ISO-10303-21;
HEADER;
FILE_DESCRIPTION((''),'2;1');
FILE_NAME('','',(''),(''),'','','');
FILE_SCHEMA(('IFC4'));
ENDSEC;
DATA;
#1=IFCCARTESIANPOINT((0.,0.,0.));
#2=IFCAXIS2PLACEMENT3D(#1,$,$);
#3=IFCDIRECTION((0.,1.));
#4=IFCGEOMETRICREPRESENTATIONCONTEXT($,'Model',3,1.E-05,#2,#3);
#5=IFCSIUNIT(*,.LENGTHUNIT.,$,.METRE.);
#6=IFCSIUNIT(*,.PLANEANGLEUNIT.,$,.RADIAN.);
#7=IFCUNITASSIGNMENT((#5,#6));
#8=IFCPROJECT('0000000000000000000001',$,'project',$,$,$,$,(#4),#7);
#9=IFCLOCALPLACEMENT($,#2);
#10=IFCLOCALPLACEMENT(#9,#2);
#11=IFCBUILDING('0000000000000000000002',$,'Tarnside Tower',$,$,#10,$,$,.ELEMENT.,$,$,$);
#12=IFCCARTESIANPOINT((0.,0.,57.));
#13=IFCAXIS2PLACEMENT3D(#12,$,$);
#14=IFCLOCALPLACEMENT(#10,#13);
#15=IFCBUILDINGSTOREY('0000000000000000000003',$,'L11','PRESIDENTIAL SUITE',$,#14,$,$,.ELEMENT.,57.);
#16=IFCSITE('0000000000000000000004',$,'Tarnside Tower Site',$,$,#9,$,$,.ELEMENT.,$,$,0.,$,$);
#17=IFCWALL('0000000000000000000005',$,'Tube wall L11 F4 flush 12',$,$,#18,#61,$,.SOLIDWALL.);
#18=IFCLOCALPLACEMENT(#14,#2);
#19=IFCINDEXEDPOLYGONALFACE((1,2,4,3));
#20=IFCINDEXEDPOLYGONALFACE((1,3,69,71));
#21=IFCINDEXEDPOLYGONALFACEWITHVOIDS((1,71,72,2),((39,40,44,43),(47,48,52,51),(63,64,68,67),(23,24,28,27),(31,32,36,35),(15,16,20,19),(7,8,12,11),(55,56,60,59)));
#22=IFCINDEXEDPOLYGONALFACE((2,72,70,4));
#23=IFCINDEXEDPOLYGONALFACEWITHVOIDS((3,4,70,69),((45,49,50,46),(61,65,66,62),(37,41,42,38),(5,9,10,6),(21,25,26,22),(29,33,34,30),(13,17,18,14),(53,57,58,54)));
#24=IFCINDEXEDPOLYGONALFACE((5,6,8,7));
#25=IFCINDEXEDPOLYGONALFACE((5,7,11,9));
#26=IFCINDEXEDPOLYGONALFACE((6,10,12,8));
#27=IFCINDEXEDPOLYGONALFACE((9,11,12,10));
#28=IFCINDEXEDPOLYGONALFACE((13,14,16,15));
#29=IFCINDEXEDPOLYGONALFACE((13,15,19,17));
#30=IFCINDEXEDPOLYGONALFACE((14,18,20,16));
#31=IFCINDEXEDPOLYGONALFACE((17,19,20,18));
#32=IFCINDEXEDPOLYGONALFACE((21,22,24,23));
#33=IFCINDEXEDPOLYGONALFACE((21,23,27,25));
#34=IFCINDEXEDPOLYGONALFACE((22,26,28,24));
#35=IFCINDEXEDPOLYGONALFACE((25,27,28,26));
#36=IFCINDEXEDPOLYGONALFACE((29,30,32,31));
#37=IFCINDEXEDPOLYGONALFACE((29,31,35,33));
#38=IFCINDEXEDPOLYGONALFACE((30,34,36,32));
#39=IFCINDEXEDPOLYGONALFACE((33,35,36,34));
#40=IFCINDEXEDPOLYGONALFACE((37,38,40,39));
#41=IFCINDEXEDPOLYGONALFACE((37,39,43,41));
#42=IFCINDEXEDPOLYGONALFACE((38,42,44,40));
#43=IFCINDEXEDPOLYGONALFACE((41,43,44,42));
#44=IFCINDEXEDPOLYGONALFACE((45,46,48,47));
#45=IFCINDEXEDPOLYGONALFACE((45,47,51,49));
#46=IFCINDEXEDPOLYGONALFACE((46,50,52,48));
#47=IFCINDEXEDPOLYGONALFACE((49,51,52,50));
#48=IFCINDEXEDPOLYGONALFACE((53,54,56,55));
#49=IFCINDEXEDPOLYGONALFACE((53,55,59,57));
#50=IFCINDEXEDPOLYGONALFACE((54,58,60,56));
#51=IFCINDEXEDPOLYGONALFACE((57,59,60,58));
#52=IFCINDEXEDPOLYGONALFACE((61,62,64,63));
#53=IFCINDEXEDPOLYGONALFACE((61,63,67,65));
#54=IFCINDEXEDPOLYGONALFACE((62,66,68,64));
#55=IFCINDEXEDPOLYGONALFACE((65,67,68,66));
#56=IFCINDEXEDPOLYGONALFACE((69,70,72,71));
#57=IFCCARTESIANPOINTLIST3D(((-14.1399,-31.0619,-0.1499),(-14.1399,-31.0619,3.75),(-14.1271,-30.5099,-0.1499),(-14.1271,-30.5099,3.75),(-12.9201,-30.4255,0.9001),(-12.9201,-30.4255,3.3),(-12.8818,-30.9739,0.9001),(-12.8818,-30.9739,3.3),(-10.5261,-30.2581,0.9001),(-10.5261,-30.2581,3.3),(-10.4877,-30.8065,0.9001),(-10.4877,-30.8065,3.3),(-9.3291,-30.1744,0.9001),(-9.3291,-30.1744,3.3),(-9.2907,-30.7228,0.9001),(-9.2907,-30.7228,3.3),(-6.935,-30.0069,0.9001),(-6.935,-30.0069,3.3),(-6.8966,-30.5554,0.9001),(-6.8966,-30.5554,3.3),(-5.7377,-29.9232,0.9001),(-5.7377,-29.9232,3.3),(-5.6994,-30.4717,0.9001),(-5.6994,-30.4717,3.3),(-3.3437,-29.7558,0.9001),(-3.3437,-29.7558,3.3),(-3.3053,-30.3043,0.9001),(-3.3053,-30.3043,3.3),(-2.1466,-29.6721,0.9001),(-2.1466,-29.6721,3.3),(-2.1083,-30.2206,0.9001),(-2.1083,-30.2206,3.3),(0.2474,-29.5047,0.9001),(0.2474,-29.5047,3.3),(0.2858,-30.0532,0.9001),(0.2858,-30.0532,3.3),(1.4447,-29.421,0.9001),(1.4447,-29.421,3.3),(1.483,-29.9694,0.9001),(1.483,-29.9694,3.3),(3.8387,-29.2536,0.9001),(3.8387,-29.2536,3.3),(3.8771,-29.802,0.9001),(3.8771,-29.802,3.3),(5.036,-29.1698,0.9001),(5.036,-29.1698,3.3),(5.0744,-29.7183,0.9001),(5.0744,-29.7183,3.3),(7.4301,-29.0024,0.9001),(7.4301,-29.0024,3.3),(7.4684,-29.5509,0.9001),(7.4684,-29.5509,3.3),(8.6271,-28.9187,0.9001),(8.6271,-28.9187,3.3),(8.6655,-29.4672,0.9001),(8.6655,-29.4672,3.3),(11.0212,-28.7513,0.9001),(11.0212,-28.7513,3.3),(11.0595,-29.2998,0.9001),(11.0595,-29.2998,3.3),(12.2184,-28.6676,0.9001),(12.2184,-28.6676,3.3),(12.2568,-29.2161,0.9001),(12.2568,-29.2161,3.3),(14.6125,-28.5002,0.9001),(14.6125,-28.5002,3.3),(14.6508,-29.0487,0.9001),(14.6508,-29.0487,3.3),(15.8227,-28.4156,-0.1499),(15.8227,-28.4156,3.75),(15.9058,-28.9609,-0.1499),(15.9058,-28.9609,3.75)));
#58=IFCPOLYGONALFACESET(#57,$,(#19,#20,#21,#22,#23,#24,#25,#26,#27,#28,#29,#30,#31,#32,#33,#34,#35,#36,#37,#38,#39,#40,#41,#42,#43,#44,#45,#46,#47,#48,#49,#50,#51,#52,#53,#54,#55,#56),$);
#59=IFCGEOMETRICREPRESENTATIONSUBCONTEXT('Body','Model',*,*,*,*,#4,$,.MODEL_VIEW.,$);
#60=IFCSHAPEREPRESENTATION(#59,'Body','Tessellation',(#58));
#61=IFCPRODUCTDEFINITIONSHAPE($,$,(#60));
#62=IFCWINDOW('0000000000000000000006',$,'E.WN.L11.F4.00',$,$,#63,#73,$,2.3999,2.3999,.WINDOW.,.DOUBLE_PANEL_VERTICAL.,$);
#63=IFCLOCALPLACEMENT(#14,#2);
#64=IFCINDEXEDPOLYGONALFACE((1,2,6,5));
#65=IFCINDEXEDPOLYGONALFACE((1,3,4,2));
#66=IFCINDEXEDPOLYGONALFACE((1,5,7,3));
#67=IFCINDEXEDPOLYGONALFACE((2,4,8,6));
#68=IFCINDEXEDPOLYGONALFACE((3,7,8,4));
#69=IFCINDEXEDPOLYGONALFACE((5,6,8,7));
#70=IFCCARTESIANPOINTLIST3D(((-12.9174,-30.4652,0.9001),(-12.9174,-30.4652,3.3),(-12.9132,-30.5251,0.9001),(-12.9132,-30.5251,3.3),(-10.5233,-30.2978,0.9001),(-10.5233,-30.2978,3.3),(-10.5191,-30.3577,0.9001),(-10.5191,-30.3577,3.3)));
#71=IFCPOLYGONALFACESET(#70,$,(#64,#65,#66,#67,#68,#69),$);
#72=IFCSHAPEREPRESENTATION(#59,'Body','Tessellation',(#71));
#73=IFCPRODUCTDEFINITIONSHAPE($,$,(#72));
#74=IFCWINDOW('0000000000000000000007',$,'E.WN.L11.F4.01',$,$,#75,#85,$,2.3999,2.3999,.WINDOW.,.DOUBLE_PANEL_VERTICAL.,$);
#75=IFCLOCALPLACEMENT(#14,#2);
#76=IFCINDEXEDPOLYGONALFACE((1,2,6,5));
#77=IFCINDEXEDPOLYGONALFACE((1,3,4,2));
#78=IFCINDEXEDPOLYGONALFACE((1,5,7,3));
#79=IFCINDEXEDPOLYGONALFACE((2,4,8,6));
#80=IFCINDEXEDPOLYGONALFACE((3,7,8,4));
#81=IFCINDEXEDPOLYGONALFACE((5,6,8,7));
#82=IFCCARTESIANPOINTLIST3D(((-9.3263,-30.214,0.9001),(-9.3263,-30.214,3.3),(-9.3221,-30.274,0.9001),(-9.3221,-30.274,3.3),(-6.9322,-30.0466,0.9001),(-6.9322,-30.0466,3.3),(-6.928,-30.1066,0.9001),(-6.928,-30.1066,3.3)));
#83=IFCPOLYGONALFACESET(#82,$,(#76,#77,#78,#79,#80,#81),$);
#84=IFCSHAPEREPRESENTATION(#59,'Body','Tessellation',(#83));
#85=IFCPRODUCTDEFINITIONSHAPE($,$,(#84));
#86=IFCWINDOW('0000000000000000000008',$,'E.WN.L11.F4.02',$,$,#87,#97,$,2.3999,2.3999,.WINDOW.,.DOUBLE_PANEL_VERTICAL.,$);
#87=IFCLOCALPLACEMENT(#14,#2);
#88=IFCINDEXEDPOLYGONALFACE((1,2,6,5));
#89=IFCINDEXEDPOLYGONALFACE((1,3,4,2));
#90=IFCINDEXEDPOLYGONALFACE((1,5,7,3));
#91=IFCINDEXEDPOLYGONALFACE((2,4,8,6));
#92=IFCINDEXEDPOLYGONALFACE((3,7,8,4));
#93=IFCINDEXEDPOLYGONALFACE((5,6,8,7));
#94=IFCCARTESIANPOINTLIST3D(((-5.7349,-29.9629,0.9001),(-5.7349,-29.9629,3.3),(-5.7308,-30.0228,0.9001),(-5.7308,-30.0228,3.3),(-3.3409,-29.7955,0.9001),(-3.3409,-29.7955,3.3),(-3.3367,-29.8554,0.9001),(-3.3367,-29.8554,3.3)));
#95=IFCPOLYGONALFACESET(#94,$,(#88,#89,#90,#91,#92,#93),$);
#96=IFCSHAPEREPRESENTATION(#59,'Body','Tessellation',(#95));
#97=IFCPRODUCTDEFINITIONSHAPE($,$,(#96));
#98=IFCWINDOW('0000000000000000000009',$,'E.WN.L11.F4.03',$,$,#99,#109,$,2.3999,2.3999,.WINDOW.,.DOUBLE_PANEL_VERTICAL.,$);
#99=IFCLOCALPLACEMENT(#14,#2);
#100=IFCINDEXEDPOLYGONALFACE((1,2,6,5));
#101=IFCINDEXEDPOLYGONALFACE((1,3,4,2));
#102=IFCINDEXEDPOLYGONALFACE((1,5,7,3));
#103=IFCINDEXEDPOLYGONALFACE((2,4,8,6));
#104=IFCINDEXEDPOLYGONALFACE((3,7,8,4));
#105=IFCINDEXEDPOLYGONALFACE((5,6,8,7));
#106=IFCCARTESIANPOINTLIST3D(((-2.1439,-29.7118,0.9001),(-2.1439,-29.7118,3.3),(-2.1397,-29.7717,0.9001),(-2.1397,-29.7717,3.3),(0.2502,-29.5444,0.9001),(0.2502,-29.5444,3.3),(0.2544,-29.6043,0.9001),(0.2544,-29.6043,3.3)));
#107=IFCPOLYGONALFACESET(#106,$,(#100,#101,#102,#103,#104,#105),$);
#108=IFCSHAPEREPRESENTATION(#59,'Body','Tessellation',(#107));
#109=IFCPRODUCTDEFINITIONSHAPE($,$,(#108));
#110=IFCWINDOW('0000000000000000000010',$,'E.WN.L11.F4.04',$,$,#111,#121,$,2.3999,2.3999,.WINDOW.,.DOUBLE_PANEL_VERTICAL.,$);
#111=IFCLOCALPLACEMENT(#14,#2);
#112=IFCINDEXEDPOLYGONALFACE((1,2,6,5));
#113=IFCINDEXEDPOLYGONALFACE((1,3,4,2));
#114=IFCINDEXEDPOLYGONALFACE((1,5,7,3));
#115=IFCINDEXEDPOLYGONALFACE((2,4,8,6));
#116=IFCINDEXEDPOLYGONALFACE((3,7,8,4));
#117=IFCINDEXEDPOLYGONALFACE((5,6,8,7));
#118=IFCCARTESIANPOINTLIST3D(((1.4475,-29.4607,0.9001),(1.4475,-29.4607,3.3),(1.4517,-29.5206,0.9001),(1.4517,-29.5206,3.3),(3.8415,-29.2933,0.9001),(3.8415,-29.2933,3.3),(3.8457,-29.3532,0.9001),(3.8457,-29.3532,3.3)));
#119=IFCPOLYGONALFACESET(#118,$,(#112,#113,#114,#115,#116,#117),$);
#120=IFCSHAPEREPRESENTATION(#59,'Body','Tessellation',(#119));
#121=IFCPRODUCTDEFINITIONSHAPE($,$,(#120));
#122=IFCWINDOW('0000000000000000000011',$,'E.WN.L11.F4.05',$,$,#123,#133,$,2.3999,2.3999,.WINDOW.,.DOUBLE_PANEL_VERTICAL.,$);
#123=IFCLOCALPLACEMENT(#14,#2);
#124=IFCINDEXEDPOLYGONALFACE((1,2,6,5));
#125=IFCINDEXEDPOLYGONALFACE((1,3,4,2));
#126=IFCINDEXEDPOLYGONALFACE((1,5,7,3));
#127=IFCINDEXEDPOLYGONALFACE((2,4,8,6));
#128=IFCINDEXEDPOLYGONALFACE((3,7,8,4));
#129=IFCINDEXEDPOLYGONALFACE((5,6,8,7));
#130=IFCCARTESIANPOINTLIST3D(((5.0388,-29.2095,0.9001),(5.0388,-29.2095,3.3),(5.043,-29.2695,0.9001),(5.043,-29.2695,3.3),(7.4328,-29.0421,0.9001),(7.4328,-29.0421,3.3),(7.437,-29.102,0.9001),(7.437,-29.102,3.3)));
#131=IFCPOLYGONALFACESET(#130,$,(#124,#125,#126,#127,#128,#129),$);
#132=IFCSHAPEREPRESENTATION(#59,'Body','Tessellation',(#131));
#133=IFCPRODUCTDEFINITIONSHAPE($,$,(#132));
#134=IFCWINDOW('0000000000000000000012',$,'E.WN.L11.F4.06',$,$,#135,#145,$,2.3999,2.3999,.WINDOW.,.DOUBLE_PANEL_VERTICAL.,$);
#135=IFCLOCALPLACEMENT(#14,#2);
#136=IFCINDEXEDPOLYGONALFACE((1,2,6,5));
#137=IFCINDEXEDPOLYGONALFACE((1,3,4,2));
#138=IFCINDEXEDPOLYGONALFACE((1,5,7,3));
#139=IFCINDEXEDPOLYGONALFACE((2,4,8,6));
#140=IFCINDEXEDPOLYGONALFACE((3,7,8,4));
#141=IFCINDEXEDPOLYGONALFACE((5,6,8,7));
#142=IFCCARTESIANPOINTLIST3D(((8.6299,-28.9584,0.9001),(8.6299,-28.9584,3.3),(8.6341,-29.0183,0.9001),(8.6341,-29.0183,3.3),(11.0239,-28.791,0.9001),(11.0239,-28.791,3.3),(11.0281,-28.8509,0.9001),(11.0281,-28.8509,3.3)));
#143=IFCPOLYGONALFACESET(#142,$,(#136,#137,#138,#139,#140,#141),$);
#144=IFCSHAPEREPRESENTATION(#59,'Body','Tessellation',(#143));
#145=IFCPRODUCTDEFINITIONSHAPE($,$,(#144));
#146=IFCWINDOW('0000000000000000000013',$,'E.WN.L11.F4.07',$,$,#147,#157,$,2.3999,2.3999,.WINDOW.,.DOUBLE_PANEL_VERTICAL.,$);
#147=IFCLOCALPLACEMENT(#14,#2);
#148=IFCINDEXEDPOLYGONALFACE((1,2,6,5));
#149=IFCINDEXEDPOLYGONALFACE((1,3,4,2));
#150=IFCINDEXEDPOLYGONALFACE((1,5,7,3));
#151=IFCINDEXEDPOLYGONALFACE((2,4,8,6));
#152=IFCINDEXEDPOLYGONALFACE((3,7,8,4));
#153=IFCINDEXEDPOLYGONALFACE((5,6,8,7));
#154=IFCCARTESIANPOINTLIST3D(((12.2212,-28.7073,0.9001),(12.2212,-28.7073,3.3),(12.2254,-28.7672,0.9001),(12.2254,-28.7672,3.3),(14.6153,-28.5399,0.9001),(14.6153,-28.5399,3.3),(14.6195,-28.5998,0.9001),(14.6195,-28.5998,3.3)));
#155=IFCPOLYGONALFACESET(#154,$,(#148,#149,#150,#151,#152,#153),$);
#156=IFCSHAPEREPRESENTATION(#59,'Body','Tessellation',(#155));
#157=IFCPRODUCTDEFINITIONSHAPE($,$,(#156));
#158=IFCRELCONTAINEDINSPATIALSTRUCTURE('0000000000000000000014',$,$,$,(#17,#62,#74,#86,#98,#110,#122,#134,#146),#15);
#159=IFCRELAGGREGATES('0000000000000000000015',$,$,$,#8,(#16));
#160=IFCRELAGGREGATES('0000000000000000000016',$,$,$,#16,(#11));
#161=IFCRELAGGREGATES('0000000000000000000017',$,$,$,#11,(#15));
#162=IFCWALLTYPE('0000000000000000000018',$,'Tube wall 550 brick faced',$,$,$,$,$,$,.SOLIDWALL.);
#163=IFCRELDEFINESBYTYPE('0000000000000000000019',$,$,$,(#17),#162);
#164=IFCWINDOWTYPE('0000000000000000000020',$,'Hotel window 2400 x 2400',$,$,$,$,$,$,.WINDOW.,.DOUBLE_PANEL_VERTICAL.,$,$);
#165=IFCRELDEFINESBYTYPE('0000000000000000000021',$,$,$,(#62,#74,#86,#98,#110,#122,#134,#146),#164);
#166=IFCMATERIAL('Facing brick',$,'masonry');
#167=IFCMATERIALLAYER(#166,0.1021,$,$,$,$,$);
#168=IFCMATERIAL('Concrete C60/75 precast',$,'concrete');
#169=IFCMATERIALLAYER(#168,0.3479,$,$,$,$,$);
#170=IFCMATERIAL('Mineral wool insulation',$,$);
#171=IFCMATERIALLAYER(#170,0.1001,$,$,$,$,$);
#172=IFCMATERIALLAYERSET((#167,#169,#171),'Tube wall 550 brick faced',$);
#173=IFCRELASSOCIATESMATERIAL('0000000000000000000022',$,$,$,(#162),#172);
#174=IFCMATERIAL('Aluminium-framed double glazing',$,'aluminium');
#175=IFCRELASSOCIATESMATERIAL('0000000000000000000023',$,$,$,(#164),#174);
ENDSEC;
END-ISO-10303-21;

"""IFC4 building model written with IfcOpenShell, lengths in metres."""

from ifc_helpers import new_model, si_unit, direction, frame, frame_2d, origin, place, context, subcontext, project, spatial, polyline, rectangle, outline, extrude, material, layer, layer_set, type_object, element, fill, save


model = new_model("IFC4")

# Units and contexts
model_context = context("Model", 3, precision=1e-05, world=origin(), true_north=direction((0.0, 1.0)))
body_context = subcontext(model_context, "Body", "Model", "MODEL_VIEW")
ifc_project = project(units=[si_unit("LENGTHUNIT", "METRE"), si_unit("PLANEANGLEUNIT", "RADIAN")], contexts=[model_context])

# Site, building, storey
site_placement = place(None, origin())
site = spatial("IfcSite", under=ifc_project, at=site_placement, Name="Tarnside Tower Site", CompositionType="ELEMENT", RefElevation=0.0)
building_placement = place(site_placement, origin())
building = spatial("IfcBuilding", under=site, at=building_placement, Name="Tarnside Tower", CompositionType="ELEMENT")
storey_placement = place(building_placement, frame((0.0, 0.0, 57.0)))
storey = spatial("IfcBuildingStorey", under=building, at=storey_placement, Name="L11", Description="PRESIDENTIAL SUITE", CompositionType="ELEMENT", Elevation=57.0)

# Wall, openings, windows
ifc_material_1 = material(Name="Facing brick", Category="masonry")
ifc_layer_1 = layer(ifc_material_1, 0.1021)
ifc_material_2 = material(Name="Concrete C60/75 precast", Category="concrete")
ifc_layer_2 = layer(ifc_material_2, 0.3479)
ifc_material_3 = material(Name="Mineral wool insulation")
ifc_layer_3 = layer(ifc_material_3, 0.1001)
ifc_layer_set_1 = layer_set([ifc_layer_1, ifc_layer_2, ifc_layer_3], Name="Tube wall 550 brick faced")
wall_type_1 = type_object("IfcWallType", Name="Tube wall 550 brick faced", PredefinedType="SOLIDWALL", material=ifc_layer_set_1)
wall_1_placement = place(storey_placement, frame((-14.1335, -30.7859, -0.1499), z_axis=(0.0, 0.0, 1.0), x_axis=(0.997564, 0.069757, 0.0)))
wall_1 = element("IfcWall", 1, at=wall_1_placement, inside=storey, type_object=wall_type_1, Name="Tube wall L11 F4 flush 12", PredefinedType="SOLIDWALL", context=body_context, shape_type="SweptSolid", body=[
    extrude(outline(polyline([(-0.0256, -0.2749), (30.0935, -0.2749), (30.0486, 0.2749), (0.0256, 0.2749), (-0.0256, -0.2749)])), origin(), (0.0, 0.0, 1.0), 3.8999),
])
opening_1_placement = place(wall_1_placement, frame((1.2356, 0.0, 1.05)))
opening_1 = element("IfcOpeningElement", 2, at=opening_1_placement, cuts=wall_1, PredefinedType="OPENING", context=body_context, shape_type="SweptSolid", body=[
    extrude(rectangle(XDim=2.3999, YDim=2.3999, at=frame_2d((1.2, 1.2))), frame((0.0, 0.2852, 0.0), z_axis=(0.0, -1.0, 0.0), x_axis=(1.0, 0.0, 0.0)), (0.0, 0.0, 1.0), 0.5701),
])
opening_2_placement = place(wall_1_placement, frame((4.8354, 0.0, 1.05)))
opening_2 = element("IfcOpeningElement", 3, at=opening_2_placement, cuts=wall_1, PredefinedType="OPENING", context=body_context, shape_type="SweptSolid", body=[
    extrude(rectangle(XDim=2.3999, YDim=2.3999, at=frame_2d((1.2, 1.2))), frame((0.0, 0.2852, 0.0), z_axis=(0.0, -1.0, 0.0), x_axis=(1.0, 0.0, 0.0)), (0.0, 0.0, 1.0), 0.5701),
])
opening_3_placement = place(wall_1_placement, frame((8.4355, 0.0, 1.05)))
opening_3 = element("IfcOpeningElement", 4, at=opening_3_placement, cuts=wall_1, PredefinedType="OPENING", context=body_context, shape_type="SweptSolid", body=[
    extrude(rectangle(XDim=2.3999, YDim=2.3999, at=frame_2d((1.2, 1.2))), frame((0.0, 0.2852, 0.0), z_axis=(0.0, -1.0, 0.0), x_axis=(1.0, 0.0, 0.0)), (0.0, 0.0, 1.0), 0.5701),
])
opening_4_placement = place(wall_1_placement, frame((12.0354, 0.0, 1.05)))
opening_4 = element("IfcOpeningElement", 5, at=opening_4_placement, cuts=wall_1, PredefinedType="OPENING", context=body_context, shape_type="SweptSolid", body=[
    extrude(rectangle(XDim=2.3999, YDim=2.3999, at=frame_2d((1.2, 1.2))), frame((0.0, 0.2852, 0.0), z_axis=(0.0, -1.0, 0.0), x_axis=(1.0, 0.0, 0.0)), (0.0, 0.0, 1.0), 0.5701),
])
opening_5_placement = place(wall_1_placement, frame((15.6355, 0.0, 1.05)))
opening_5 = element("IfcOpeningElement", 6, at=opening_5_placement, cuts=wall_1, PredefinedType="OPENING", context=body_context, shape_type="SweptSolid", body=[
    extrude(rectangle(XDim=2.3999, YDim=2.3999, at=frame_2d((1.2, 1.2))), frame((0.0, 0.2852, 0.0), z_axis=(0.0, -1.0, 0.0), x_axis=(1.0, 0.0, 0.0)), (0.0, 0.0, 1.0), 0.5701),
])
opening_6_placement = place(wall_1_placement, frame((19.2356, 0.0, 1.05)))
opening_6 = element("IfcOpeningElement", 7, at=opening_6_placement, cuts=wall_1, PredefinedType="OPENING", context=body_context, shape_type="SweptSolid", body=[
    extrude(rectangle(XDim=2.3999, YDim=2.3999, at=frame_2d((1.2, 1.2))), frame((0.0, 0.2852, 0.0), z_axis=(0.0, -1.0, 0.0), x_axis=(1.0, 0.0, 0.0)), (0.0, 0.0, 1.0), 0.5701),
])
opening_7_placement = place(wall_1_placement, frame((22.8354, 0.0, 1.05)))
opening_7 = element("IfcOpeningElement", 8, at=opening_7_placement, cuts=wall_1, PredefinedType="OPENING", context=body_context, shape_type="SweptSolid", body=[
    extrude(rectangle(XDim=2.3999, YDim=2.3999, at=frame_2d((1.2, 1.2))), frame((0.0, 0.2852, 0.0), z_axis=(0.0, -1.0, 0.0), x_axis=(1.0, 0.0, 0.0)), (0.0, 0.0, 1.0), 0.5701),
])
opening_8_placement = place(wall_1_placement, frame((26.4355, 0.0, 1.05)))
opening_8 = element("IfcOpeningElement", 9, at=opening_8_placement, cuts=wall_1, PredefinedType="OPENING", context=body_context, shape_type="SweptSolid", body=[
    extrude(rectangle(XDim=2.3999, YDim=2.3999, at=frame_2d((1.2, 1.2))), frame((0.0, 0.2852, 0.0), z_axis=(0.0, -1.0, 0.0), x_axis=(1.0, 0.0, 0.0)), (0.0, 0.0, 1.0), 0.5701),
])
ifc_material_4 = material(Name="Aluminium-framed double glazing", Category="aluminium")
window_type = type_object("IfcWindowType", Name="Hotel window 2400 x 2400", PartitioningType="DOUBLE_PANEL_VERTICAL", PredefinedType="WINDOW", material=ifc_material_4)
window_1_placement = place(opening_1_placement, frame((0.0, 0.2051, 0.0)))
window_1 = element("IfcWindow", 10, at=window_1_placement, inside=storey, type_object=window_type, Name="E.WN.L11.F4.00", OverallHeight=2.3999, OverallWidth=2.3999, PartitioningType="DOUBLE_PANEL_VERTICAL", PredefinedType="WINDOW", context=body_context, shape_type="SweptSolid", body=[
    extrude(rectangle(XDim=2.3999, YDim=2.3999, at=frame_2d((1.2, 1.2))), frame((0.0, 0.03, 0.0), z_axis=(0.0, -1.0, 0.0), x_axis=(1.0, 0.0, 0.0)), (0.0, 0.0, 1.0), 0.0601),
])
fill(opening_1, window_1)
window_2_placement = place(opening_2_placement, frame((0.0, 0.2051, 0.0)))
window_2 = element("IfcWindow", 11, at=window_2_placement, inside=storey, type_object=window_type, Name="E.WN.L11.F4.01", OverallHeight=2.3999, OverallWidth=2.3999, PartitioningType="DOUBLE_PANEL_VERTICAL", PredefinedType="WINDOW", context=body_context, shape_type="SweptSolid", body=[
    extrude(rectangle(XDim=2.3999, YDim=2.3999, at=frame_2d((1.2, 1.2))), frame((0.0, 0.03, 0.0), z_axis=(0.0, -1.0, 0.0), x_axis=(1.0, 0.0, 0.0)), (0.0, 0.0, 1.0), 0.0601),
])
fill(opening_2, window_2)
window_3_placement = place(opening_3_placement, frame((0.0, 0.2051, 0.0)))
window_3 = element("IfcWindow", 12, at=window_3_placement, inside=storey, type_object=window_type, Name="E.WN.L11.F4.02", OverallHeight=2.3999, OverallWidth=2.3999, PartitioningType="DOUBLE_PANEL_VERTICAL", PredefinedType="WINDOW", context=body_context, shape_type="SweptSolid", body=[
    extrude(rectangle(XDim=2.3999, YDim=2.3999, at=frame_2d((1.2, 1.2))), frame((0.0, 0.03, 0.0), z_axis=(0.0, -1.0, 0.0), x_axis=(1.0, 0.0, 0.0)), (0.0, 0.0, 1.0), 0.0601),
])
fill(opening_3, window_3)
window_4_placement = place(opening_4_placement, frame((0.0, 0.2051, 0.0)))
window_4 = element("IfcWindow", 13, at=window_4_placement, inside=storey, type_object=window_type, Name="E.WN.L11.F4.03", OverallHeight=2.3999, OverallWidth=2.3999, PartitioningType="DOUBLE_PANEL_VERTICAL", PredefinedType="WINDOW", context=body_context, shape_type="SweptSolid", body=[
    extrude(rectangle(XDim=2.3999, YDim=2.3999, at=frame_2d((1.2, 1.2))), frame((0.0, 0.03, 0.0), z_axis=(0.0, -1.0, 0.0), x_axis=(1.0, 0.0, 0.0)), (0.0, 0.0, 1.0), 0.0601),
])
fill(opening_4, window_4)
window_5_placement = place(opening_5_placement, frame((0.0, 0.2051, 0.0)))
window_5 = element("IfcWindow", 14, at=window_5_placement, inside=storey, type_object=window_type, Name="E.WN.L11.F4.04", OverallHeight=2.3999, OverallWidth=2.3999, PartitioningType="DOUBLE_PANEL_VERTICAL", PredefinedType="WINDOW", context=body_context, shape_type="SweptSolid", body=[
    extrude(rectangle(XDim=2.3999, YDim=2.3999, at=frame_2d((1.2, 1.2))), frame((0.0, 0.03, 0.0), z_axis=(0.0, -1.0, 0.0), x_axis=(1.0, 0.0, 0.0)), (0.0, 0.0, 1.0), 0.0601),
])
fill(opening_5, window_5)
window_6_placement = place(opening_6_placement, frame((0.0, 0.2051, 0.0)))
window_6 = element("IfcWindow", 15, at=window_6_placement, inside=storey, type_object=window_type, Name="E.WN.L11.F4.05", OverallHeight=2.3999, OverallWidth=2.3999, PartitioningType="DOUBLE_PANEL_VERTICAL", PredefinedType="WINDOW", context=body_context, shape_type="SweptSolid", body=[
    extrude(rectangle(XDim=2.3999, YDim=2.3999, at=frame_2d((1.2, 1.2))), frame((0.0, 0.03, 0.0), z_axis=(0.0, -1.0, 0.0), x_axis=(1.0, 0.0, 0.0)), (0.0, 0.0, 1.0), 0.0601),
])
fill(opening_6, window_6)
window_7_placement = place(opening_7_placement, frame((0.0, 0.2051, 0.0)))
window_7 = element("IfcWindow", 16, at=window_7_placement, inside=storey, type_object=window_type, Name="E.WN.L11.F4.06", OverallHeight=2.3999, OverallWidth=2.3999, PartitioningType="DOUBLE_PANEL_VERTICAL", PredefinedType="WINDOW", context=body_context, shape_type="SweptSolid", body=[
    extrude(rectangle(XDim=2.3999, YDim=2.3999, at=frame_2d((1.2, 1.2))), frame((0.0, 0.03, 0.0), z_axis=(0.0, -1.0, 0.0), x_axis=(1.0, 0.0, 0.0)), (0.0, 0.0, 1.0), 0.0601),
])
fill(opening_7, window_7)
window_8_placement = place(opening_8_placement, frame((0.0, 0.2051, 0.0)))
window_8 = element("IfcWindow", 17, at=window_8_placement, inside=storey, type_object=window_type, Name="E.WN.L11.F4.07", OverallHeight=2.3999, OverallWidth=2.3999, PartitioningType="DOUBLE_PANEL_VERTICAL", PredefinedType="WINDOW", context=body_context, shape_type="SweptSolid", body=[
    extrude(rectangle(XDim=2.3999, YDim=2.3999, at=frame_2d((1.2, 1.2))), frame((0.0, 0.03, 0.0), z_axis=(0.0, -1.0, 0.0), x_axis=(1.0, 0.0, 0.0)), (0.0, 0.0, 1.0), 0.0601),
])
fill(opening_8, window_8)

save(model, "model.ifc")
